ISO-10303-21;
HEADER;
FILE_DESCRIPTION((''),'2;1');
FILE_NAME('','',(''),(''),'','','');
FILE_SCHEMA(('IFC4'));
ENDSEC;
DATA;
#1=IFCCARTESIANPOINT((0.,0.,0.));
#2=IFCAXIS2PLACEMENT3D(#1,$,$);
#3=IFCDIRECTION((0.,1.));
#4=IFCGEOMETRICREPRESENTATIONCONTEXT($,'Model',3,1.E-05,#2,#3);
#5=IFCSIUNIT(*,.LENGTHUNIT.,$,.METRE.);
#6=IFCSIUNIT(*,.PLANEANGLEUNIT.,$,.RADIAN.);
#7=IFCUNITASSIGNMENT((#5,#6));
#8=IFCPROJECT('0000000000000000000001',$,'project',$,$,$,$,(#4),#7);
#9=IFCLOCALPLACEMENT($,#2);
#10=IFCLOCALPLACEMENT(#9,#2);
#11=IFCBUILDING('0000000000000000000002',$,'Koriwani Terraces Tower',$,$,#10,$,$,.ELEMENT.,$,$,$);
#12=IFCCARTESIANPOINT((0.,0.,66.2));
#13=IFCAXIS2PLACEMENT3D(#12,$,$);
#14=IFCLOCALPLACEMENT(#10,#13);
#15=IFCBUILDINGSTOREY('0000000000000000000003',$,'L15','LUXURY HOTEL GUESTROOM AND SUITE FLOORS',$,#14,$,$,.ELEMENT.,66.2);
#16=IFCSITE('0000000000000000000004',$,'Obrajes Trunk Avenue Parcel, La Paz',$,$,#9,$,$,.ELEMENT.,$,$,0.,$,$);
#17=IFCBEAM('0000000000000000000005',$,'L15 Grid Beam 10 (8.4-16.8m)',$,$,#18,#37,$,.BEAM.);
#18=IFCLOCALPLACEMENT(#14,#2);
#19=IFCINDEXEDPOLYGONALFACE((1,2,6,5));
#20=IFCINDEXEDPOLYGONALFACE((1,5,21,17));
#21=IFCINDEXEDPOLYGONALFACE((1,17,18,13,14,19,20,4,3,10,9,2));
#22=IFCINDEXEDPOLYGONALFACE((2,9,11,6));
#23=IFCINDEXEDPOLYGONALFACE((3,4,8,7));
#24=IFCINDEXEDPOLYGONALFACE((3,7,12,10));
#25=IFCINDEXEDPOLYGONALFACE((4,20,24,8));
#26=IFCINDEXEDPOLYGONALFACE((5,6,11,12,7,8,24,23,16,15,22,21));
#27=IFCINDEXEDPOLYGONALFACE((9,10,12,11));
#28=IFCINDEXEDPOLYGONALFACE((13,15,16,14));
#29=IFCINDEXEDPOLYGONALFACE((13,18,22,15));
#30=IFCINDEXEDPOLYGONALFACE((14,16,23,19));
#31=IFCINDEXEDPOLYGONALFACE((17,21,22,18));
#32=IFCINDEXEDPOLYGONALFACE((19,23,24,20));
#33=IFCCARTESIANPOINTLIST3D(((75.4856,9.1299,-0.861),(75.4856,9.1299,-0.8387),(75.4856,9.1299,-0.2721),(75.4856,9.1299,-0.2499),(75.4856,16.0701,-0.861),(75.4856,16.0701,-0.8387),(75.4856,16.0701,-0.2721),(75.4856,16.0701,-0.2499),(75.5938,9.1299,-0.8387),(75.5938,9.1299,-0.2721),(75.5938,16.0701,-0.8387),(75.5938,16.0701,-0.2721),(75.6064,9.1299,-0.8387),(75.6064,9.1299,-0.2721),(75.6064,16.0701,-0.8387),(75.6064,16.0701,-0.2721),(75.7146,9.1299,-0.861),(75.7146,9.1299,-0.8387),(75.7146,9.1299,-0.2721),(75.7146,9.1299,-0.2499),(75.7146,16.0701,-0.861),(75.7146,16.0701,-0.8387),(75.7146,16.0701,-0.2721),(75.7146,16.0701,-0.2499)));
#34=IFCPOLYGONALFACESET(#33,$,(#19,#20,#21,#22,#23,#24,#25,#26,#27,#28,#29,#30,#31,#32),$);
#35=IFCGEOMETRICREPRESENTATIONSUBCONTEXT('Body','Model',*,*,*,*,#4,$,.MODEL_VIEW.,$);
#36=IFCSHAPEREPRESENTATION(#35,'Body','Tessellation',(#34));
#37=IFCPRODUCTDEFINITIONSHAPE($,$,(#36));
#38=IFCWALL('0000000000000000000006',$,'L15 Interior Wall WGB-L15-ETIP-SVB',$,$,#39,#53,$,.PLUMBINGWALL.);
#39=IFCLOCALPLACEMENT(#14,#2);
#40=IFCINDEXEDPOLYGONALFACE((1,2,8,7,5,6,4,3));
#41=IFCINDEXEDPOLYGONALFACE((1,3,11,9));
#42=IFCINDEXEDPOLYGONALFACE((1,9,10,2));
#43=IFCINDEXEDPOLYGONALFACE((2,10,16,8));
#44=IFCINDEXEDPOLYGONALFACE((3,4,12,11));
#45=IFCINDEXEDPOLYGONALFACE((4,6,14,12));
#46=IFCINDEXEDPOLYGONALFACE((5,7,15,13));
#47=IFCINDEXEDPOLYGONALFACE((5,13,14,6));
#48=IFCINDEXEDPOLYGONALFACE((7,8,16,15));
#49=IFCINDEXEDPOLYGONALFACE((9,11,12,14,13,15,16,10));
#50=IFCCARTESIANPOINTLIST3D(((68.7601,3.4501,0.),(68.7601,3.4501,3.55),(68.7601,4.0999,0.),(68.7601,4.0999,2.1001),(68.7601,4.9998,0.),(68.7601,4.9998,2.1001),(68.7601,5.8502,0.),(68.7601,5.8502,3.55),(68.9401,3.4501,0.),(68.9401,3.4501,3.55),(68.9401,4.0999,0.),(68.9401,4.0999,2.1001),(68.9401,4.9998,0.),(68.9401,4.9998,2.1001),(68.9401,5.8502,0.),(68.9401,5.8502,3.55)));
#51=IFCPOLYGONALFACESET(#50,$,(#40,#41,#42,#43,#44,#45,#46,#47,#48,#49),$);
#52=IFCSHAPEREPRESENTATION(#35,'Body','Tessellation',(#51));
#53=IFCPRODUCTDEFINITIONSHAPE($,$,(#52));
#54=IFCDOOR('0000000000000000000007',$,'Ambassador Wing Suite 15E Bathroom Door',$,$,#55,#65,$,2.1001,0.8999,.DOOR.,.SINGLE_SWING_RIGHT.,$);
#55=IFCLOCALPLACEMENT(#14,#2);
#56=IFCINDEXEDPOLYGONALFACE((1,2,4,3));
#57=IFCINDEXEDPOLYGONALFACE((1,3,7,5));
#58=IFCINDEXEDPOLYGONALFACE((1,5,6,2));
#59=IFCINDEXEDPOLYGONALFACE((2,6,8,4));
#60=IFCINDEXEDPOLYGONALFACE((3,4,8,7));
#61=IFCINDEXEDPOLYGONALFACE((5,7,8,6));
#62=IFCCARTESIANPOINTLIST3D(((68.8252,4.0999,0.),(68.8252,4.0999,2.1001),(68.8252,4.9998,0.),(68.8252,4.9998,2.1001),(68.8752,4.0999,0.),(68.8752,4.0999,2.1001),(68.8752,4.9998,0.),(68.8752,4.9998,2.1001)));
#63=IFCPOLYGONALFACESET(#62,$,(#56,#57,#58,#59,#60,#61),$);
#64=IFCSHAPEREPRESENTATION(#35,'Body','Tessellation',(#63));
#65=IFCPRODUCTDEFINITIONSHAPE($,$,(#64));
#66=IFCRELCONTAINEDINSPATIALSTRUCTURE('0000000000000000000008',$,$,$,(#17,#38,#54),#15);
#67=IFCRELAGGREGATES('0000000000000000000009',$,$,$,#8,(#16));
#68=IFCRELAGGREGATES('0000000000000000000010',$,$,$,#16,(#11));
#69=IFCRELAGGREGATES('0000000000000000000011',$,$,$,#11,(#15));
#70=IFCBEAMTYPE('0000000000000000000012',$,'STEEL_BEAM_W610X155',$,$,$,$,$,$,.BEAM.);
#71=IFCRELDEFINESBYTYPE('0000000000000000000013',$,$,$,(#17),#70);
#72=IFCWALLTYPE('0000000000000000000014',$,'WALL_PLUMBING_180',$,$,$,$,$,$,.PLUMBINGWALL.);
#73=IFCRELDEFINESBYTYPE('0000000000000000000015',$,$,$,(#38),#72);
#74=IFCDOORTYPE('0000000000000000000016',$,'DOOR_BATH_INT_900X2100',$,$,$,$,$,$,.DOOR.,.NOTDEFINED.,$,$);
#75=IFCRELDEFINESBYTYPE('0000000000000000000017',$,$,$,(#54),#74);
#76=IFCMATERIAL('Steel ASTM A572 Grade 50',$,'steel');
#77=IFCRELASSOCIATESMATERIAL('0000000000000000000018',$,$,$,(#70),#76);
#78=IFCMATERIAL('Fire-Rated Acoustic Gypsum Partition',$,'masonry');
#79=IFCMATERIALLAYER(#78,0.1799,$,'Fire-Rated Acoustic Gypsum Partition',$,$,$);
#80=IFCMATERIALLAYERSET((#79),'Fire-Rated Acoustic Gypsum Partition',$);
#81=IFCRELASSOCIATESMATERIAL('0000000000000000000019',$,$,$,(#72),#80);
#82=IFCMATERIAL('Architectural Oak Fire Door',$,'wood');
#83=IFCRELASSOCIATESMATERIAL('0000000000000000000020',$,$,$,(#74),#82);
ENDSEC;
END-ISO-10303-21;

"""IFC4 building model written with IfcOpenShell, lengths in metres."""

from ifc_helpers import new_model, si_unit, direction, frame, frame_2d, origin, origin_2d, place, context, subcontext, project, spatial, rectangle, i_section, extrude, material, layer, layer_set, material_profile, profile_set, type_object, element, fill, save


model = new_model("IFC4")

# Units and contexts
model_context = context("Model", 3, precision=1e-05, world=origin(), true_north=direction((0.0, 1.0)))
body_context = subcontext(model_context, "Body", "Model", "MODEL_VIEW")
ifc_project = project(units=[si_unit("LENGTHUNIT", "METRE"), si_unit("PLANEANGLEUNIT", "RADIAN")], contexts=[model_context])

# Site, building, storey
site_placement = place(None, origin())
site = spatial("IfcSite", under=ifc_project, at=site_placement, Name="Obrajes Trunk Avenue Parcel, La Paz", CompositionType="ELEMENT", RefElevation=0.0)
building_placement = place(site_placement, origin())
building = spatial("IfcBuilding", under=site, at=building_placement, Name="Koriwani Terraces Tower", CompositionType="ELEMENT")
storey_placement = place(building_placement, frame((0.0, 0.0, 66.2)))
storey = spatial("IfcBuildingStorey", under=building, at=storey_placement, Name="L15", Description="LUXURY HOTEL GUESTROOM AND SUITE FLOORS", CompositionType="ELEMENT", Elevation=66.2)

# Beam
ifc_material_1 = material(Name="Steel ASTM A572 Grade 50", Category="steel")
ifc_material_profile_1 = material_profile(ifc_material_1, i_section(OverallWidth=0.229, OverallDepth=0.6111, WebThickness=0.0127, FlangeThickness=0.0222, at=origin_2d()), Name="Steel ASTM A572 Grade 50", Category="LoadBearing")
ifc_profile_set_1 = profile_set([ifc_material_profile_1], Name="Steel ASTM A572 Grade 50")
beam_type_1 = type_object("IfcBeamType", Name="STEEL_BEAM_W610X155", PredefinedType="BEAM", material=ifc_profile_set_1)
beam_1_placement = place(storey_placement, frame((75.6001, 9.1299, -0.5554), z_axis=(0.0, 1.0, 0.0), x_axis=(-1.0, 0.0, 0.0)))
element("IfcBeam", 1, at=beam_1_placement, inside=storey, type_object=beam_type_1, Name="L15 Grid Beam 10 (8.4-16.8m)", PredefinedType="BEAM", context=body_context, shape_type="SweptSolid", body=[
    extrude(i_section(OverallWidth=0.229, OverallDepth=0.6111, WebThickness=0.0127, FlangeThickness=0.0222, at=origin_2d()), origin(), (0.0, 0.0, 1.0), 6.9402),
])

# Wall, opening, door
ifc_material_2 = material(Name="Fire-Rated Acoustic Gypsum Partition", Category="masonry")
ifc_layer = layer(ifc_material_2, 0.1799, Name="Fire-Rated Acoustic Gypsum Partition")
ifc_layer_set = layer_set([ifc_layer], Name="Fire-Rated Acoustic Gypsum Partition")
wall_type = type_object("IfcWallType", Name="WALL_PLUMBING_180", PredefinedType="PLUMBINGWALL", material=ifc_layer_set)
wall_placement = place(storey_placement, frame((68.8501, 3.45, 0.0), z_axis=(0.0, 0.0, 1.0), x_axis=(0.0, 1.0, 0.0)))
wall = element("IfcWall", 2, at=wall_placement, inside=storey, type_object=wall_type, Name="L15 Interior Wall WGB-L15-ETIP-SVB", PredefinedType="PLUMBINGWALL", context=body_context, shape_type="SweptSolid", body=[
    extrude(rectangle(XDim=2.4001, YDim=0.1799, at=frame_2d((1.2002, 0.0))), origin(), (0.0, 0.0, 1.0), 3.55),
])
opening_placement = place(wall_placement, frame((0.6499, 0.0, 0.0)))
opening = element("IfcOpeningElement", 3, at=opening_placement, cuts=wall, PredefinedType="OPENING", context=body_context, shape_type="SweptSolid", body=[
    extrude(rectangle(XDim=0.8999, YDim=2.1001, at=frame_2d((0.45, 1.05))), frame((0.0, 0.1001, 0.0), z_axis=(0.0, -1.0, 0.0), x_axis=(1.0, 0.0, 0.0)), (0.0, 0.0, 1.0), 0.2),
])
ifc_material_3 = material(Name="Architectural Oak Fire Door", Category="wood")
door_type = type_object("IfcDoorType", Name="DOOR_BATH_INT_900X2100", OperationType="NOTDEFINED", PredefinedType="DOOR", material=ifc_material_3)
door_placement = place(opening_placement, origin())
door = element("IfcDoor", 4, at=door_placement, inside=storey, type_object=door_type, Name="Ambassador Wing Suite 15E Bathroom Door", OperationType="SINGLE_SWING_RIGHT", OverallHeight=2.1001, OverallWidth=0.8999, PredefinedType="DOOR", context=body_context, shape_type="SweptSolid", body=[
    extrude(rectangle(XDim=0.8999, YDim=2.1001, at=frame_2d((0.45, 1.05))), frame((0.0, 0.0249, 0.0), z_axis=(0.0, -1.0, 0.0), x_axis=(1.0, 0.0, 0.0)), (0.0, 0.0, 1.0), 0.05),
])
fill(opening, door)

save(model, "model.ifc")
